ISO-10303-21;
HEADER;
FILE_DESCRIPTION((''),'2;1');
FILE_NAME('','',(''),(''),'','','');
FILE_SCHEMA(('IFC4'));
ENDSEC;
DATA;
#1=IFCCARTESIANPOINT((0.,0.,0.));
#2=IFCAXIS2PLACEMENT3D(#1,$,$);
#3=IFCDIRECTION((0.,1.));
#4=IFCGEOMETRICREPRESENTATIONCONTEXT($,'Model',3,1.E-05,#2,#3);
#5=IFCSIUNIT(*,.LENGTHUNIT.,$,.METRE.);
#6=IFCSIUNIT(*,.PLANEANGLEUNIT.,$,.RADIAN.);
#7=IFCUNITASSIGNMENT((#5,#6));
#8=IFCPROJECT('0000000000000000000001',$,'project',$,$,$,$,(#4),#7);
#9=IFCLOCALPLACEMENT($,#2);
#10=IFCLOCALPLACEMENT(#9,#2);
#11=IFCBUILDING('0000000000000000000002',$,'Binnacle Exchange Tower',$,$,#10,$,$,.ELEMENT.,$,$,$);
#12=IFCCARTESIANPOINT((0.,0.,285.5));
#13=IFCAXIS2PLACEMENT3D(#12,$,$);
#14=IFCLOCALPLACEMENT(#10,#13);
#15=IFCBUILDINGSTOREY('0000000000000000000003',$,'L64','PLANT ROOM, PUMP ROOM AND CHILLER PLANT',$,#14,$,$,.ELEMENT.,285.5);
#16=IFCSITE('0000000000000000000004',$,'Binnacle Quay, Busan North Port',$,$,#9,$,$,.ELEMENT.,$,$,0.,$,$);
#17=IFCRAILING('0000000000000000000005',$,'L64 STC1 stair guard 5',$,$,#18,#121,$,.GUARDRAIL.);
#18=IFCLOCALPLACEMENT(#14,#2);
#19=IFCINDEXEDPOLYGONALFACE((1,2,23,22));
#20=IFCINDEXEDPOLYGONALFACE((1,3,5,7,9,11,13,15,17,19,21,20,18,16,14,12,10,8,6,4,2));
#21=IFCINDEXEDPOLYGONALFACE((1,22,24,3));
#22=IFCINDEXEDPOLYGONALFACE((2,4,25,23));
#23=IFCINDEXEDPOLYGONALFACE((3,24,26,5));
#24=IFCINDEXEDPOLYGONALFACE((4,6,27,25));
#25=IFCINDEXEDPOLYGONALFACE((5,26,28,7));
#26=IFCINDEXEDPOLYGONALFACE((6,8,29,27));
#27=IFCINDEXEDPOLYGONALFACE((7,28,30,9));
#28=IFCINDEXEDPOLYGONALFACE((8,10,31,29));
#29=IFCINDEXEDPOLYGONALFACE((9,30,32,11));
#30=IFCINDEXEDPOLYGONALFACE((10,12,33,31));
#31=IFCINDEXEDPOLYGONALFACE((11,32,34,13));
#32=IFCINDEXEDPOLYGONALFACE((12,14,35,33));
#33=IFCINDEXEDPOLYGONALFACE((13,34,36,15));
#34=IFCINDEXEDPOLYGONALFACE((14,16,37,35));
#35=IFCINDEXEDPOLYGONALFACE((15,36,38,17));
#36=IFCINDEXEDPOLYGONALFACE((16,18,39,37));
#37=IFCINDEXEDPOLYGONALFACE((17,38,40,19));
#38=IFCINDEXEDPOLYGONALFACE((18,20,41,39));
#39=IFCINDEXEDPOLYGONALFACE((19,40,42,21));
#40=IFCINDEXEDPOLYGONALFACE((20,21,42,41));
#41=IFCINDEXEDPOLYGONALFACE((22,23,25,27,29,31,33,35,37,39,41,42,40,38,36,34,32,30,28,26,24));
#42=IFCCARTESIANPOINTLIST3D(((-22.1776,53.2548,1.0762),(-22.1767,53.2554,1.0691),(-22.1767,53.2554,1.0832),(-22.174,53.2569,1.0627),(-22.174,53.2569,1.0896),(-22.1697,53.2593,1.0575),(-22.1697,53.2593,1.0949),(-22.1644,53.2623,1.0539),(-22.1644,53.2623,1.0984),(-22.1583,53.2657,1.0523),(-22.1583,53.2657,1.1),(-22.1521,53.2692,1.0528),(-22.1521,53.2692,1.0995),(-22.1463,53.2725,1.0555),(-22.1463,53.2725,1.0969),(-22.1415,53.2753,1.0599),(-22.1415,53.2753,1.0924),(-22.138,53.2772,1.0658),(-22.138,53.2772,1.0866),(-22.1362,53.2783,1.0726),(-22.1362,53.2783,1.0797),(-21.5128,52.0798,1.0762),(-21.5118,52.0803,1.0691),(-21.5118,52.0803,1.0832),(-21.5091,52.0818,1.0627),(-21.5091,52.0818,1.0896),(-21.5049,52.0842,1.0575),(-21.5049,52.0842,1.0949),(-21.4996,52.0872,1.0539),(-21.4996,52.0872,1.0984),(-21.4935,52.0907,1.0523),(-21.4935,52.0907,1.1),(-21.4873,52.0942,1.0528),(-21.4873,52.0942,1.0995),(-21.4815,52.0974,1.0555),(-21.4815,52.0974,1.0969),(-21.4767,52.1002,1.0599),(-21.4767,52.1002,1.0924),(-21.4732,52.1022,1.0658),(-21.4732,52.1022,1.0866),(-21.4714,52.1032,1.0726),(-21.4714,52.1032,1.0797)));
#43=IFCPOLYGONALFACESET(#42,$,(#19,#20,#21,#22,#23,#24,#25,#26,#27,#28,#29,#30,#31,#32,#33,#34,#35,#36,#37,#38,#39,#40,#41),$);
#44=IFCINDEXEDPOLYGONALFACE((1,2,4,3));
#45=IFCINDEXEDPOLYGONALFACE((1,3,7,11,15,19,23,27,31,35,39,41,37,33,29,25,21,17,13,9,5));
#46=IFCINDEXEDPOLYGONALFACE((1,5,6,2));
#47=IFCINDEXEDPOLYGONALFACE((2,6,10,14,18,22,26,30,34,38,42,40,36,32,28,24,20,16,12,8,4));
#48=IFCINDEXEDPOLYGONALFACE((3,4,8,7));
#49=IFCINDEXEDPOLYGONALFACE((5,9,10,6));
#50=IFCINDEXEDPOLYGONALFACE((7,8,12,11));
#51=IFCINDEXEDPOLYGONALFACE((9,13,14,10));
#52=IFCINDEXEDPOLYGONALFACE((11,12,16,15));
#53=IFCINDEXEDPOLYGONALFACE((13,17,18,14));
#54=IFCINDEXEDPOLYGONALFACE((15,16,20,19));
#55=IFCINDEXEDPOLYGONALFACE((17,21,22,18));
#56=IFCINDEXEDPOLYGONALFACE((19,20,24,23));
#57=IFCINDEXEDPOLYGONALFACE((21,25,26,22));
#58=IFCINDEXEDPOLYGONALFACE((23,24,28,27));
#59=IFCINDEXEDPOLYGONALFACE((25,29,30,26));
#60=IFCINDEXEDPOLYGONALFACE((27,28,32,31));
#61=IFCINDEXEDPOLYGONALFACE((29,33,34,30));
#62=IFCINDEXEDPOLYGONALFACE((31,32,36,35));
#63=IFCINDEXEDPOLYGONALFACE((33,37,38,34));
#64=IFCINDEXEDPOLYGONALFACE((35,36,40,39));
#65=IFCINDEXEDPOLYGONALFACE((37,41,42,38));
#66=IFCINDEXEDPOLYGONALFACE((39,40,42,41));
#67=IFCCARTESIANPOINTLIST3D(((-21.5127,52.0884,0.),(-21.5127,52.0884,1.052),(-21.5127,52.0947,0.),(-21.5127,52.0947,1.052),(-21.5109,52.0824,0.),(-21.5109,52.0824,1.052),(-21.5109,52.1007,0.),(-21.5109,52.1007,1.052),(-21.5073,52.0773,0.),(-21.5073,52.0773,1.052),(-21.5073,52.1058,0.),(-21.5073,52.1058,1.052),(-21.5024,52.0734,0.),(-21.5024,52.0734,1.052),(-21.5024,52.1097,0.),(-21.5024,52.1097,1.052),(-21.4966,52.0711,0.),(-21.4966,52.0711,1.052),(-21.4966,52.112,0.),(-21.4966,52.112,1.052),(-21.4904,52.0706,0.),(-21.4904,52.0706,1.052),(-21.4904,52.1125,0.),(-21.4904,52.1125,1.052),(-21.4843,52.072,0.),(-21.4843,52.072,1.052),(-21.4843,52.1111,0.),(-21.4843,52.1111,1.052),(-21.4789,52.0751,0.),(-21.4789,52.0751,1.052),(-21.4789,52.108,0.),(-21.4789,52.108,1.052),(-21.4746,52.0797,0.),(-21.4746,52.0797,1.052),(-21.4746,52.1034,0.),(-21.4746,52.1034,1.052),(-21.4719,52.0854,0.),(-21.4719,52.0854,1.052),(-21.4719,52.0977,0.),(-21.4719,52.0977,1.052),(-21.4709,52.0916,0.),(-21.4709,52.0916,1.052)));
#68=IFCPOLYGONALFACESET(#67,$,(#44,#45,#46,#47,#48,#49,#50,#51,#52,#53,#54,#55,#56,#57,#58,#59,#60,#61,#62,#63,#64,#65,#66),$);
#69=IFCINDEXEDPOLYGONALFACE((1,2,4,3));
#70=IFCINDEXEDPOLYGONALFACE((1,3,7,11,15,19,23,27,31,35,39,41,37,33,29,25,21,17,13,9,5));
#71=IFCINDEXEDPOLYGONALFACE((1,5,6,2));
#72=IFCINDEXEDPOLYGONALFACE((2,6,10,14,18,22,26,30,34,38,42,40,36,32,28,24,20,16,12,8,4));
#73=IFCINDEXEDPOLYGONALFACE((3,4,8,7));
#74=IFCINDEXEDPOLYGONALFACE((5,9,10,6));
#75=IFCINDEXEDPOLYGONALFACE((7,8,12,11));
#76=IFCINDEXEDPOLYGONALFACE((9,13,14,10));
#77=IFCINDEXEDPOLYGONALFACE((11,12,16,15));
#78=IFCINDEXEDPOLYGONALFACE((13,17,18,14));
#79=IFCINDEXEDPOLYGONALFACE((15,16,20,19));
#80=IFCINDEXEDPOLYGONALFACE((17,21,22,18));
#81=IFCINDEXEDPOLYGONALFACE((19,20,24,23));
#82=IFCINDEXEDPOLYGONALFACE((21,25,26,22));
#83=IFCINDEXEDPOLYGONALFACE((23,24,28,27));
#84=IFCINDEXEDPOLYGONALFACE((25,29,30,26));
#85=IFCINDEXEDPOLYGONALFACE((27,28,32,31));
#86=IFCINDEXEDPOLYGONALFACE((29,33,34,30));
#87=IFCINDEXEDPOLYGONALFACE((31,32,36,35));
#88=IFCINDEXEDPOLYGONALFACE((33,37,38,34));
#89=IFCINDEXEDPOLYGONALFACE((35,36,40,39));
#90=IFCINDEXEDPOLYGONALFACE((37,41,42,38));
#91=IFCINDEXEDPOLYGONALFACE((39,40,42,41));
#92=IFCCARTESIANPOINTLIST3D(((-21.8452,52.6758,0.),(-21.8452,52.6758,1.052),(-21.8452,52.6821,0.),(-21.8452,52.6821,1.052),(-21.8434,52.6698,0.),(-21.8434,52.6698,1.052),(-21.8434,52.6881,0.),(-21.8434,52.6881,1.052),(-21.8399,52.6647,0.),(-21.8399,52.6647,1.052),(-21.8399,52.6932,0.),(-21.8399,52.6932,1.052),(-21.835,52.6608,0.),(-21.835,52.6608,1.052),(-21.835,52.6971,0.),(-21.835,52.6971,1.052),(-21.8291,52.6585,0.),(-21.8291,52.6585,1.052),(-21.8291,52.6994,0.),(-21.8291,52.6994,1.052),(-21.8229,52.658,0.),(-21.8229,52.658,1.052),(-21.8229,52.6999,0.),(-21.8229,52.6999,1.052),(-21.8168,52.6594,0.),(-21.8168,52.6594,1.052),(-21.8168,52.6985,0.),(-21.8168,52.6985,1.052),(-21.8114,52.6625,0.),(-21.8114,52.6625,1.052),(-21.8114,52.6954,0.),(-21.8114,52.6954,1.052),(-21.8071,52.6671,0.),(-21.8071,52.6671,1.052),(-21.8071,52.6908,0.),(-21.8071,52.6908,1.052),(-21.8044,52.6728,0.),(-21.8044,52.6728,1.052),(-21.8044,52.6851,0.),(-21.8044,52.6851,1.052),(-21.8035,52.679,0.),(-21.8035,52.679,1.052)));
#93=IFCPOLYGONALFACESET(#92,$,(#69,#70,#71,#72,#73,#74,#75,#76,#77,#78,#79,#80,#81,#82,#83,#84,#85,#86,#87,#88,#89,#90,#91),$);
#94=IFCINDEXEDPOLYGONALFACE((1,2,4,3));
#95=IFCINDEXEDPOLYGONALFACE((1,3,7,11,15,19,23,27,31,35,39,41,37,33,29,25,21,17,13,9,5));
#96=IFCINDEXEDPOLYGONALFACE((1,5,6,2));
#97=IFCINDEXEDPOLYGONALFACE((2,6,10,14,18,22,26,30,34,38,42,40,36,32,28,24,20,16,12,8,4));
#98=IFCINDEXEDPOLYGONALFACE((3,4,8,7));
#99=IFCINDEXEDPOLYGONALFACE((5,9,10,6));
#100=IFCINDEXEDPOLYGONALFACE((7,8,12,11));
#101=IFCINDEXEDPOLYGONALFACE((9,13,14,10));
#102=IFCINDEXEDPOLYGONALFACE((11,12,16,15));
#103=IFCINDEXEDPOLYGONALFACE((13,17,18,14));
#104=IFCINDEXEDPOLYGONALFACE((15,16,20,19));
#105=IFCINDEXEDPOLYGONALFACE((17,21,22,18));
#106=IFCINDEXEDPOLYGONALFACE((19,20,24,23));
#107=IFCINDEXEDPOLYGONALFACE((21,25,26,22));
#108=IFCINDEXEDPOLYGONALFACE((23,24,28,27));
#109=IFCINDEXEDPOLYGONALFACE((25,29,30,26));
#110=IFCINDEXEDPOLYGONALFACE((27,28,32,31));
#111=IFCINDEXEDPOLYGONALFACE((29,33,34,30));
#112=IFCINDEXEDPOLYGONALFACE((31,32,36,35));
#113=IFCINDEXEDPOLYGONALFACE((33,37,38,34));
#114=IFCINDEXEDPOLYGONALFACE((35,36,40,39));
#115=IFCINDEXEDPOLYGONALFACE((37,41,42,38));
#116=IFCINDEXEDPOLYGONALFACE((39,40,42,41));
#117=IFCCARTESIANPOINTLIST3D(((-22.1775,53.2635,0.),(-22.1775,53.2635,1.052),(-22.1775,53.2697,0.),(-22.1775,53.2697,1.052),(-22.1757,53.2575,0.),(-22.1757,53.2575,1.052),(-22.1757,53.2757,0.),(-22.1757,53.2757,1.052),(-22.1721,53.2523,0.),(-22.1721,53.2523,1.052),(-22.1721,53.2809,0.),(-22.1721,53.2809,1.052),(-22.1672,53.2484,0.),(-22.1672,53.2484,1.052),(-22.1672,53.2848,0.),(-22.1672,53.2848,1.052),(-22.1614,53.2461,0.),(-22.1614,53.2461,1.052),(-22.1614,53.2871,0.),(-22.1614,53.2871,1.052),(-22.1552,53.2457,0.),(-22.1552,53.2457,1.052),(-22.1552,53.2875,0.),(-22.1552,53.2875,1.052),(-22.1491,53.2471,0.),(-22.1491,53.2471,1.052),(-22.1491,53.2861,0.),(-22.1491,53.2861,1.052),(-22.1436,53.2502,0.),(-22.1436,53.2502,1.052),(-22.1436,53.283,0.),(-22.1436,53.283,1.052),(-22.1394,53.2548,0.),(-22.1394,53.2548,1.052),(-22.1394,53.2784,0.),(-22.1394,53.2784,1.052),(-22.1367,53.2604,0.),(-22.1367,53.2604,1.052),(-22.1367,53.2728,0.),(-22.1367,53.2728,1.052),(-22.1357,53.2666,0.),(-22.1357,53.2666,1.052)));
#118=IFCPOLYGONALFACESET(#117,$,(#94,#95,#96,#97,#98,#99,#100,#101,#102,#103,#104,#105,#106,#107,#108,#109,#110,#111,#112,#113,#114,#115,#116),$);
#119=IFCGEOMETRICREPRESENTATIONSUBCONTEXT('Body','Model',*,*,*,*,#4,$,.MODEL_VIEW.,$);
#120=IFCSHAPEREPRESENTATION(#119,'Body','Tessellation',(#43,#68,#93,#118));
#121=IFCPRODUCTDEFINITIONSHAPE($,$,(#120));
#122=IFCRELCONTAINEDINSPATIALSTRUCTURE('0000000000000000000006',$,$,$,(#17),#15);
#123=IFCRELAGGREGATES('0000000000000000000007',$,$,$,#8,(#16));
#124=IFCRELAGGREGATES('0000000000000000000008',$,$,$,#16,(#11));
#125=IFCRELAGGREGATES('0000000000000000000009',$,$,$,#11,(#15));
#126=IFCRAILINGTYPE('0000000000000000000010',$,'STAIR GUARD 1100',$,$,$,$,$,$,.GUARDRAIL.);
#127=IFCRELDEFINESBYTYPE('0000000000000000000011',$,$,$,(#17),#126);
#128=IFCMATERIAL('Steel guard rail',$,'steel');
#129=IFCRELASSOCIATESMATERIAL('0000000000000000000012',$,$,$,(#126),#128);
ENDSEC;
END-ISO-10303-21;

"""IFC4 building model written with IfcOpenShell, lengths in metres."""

from ifc_helpers import new_model, si_unit, direction, frame, origin, origin_2d, place, context, subcontext, project, spatial, circle, extrude, material, type_object, element, save


model = new_model("IFC4")

# Units and contexts
model_context = context("Model", 3, precision=1e-05, world=origin(), true_north=direction((0.0, 1.0)))
body_context = subcontext(model_context, "Body", "Model", "MODEL_VIEW")
ifc_project = project(units=[si_unit("LENGTHUNIT", "METRE"), si_unit("PLANEANGLEUNIT", "RADIAN")], contexts=[model_context])

# Site, building, storey
site_placement = place(None, origin())
site = spatial("IfcSite", under=ifc_project, at=site_placement, Name="Binnacle Quay, Busan North Port", CompositionType="ELEMENT", RefElevation=0.0)
building_placement = place(site_placement, origin())
building = spatial("IfcBuilding", under=site, at=building_placement, Name="Binnacle Exchange Tower", CompositionType="ELEMENT")
storey_placement = place(building_placement, frame((0.0, 0.0, 285.5)))
storey = spatial("IfcBuildingStorey", under=building, at=storey_placement, Name="L64", Description="PLANT ROOM, PUMP ROOM AND CHILLER PLANT", CompositionType="ELEMENT", Elevation=285.5)

# Railing
ifc_material_1 = material(Name="Steel guard rail", Category="steel")
railing_type_1 = type_object("IfcRailingType", Name="STAIR GUARD 1100", PredefinedType="GUARDRAIL", material=ifc_material_1)
railing_1_placement = place(storey_placement, frame((-21.4919, 52.0916, 0.0)))
element("IfcRailing", 1, at=railing_1_placement, inside=storey, type_object=railing_type_1, Name="L64 STC1 stair guard 5", PredefinedType="GUARDRAIL", context=body_context, shape_type="SweptSolid", body=[
    extrude(circle(Radius=0.0239, at=origin_2d()), frame((0.0, 0.0, 1.0762), z_axis=(-0.492415, 0.870361, 0.0), x_axis=(-0.870361, -0.492415, 0.0)), (0.0, 0.0, 1.0), 1.3501),
    extrude(circle(Radius=0.021, at=origin_2d()), origin(), (0.0, 0.0, 1.0), 1.052),
    extrude(circle(Radius=0.021, at=origin_2d()), frame((-0.3325, 0.5874, 0.0)), (0.0, 0.0, 1.0), 1.052),
    extrude(circle(Radius=0.021, at=origin_2d()), frame((-0.6648, 1.175, 0.0)), (0.0, 0.0, 1.0), 1.052),
])

save(model, "model.ifc")
